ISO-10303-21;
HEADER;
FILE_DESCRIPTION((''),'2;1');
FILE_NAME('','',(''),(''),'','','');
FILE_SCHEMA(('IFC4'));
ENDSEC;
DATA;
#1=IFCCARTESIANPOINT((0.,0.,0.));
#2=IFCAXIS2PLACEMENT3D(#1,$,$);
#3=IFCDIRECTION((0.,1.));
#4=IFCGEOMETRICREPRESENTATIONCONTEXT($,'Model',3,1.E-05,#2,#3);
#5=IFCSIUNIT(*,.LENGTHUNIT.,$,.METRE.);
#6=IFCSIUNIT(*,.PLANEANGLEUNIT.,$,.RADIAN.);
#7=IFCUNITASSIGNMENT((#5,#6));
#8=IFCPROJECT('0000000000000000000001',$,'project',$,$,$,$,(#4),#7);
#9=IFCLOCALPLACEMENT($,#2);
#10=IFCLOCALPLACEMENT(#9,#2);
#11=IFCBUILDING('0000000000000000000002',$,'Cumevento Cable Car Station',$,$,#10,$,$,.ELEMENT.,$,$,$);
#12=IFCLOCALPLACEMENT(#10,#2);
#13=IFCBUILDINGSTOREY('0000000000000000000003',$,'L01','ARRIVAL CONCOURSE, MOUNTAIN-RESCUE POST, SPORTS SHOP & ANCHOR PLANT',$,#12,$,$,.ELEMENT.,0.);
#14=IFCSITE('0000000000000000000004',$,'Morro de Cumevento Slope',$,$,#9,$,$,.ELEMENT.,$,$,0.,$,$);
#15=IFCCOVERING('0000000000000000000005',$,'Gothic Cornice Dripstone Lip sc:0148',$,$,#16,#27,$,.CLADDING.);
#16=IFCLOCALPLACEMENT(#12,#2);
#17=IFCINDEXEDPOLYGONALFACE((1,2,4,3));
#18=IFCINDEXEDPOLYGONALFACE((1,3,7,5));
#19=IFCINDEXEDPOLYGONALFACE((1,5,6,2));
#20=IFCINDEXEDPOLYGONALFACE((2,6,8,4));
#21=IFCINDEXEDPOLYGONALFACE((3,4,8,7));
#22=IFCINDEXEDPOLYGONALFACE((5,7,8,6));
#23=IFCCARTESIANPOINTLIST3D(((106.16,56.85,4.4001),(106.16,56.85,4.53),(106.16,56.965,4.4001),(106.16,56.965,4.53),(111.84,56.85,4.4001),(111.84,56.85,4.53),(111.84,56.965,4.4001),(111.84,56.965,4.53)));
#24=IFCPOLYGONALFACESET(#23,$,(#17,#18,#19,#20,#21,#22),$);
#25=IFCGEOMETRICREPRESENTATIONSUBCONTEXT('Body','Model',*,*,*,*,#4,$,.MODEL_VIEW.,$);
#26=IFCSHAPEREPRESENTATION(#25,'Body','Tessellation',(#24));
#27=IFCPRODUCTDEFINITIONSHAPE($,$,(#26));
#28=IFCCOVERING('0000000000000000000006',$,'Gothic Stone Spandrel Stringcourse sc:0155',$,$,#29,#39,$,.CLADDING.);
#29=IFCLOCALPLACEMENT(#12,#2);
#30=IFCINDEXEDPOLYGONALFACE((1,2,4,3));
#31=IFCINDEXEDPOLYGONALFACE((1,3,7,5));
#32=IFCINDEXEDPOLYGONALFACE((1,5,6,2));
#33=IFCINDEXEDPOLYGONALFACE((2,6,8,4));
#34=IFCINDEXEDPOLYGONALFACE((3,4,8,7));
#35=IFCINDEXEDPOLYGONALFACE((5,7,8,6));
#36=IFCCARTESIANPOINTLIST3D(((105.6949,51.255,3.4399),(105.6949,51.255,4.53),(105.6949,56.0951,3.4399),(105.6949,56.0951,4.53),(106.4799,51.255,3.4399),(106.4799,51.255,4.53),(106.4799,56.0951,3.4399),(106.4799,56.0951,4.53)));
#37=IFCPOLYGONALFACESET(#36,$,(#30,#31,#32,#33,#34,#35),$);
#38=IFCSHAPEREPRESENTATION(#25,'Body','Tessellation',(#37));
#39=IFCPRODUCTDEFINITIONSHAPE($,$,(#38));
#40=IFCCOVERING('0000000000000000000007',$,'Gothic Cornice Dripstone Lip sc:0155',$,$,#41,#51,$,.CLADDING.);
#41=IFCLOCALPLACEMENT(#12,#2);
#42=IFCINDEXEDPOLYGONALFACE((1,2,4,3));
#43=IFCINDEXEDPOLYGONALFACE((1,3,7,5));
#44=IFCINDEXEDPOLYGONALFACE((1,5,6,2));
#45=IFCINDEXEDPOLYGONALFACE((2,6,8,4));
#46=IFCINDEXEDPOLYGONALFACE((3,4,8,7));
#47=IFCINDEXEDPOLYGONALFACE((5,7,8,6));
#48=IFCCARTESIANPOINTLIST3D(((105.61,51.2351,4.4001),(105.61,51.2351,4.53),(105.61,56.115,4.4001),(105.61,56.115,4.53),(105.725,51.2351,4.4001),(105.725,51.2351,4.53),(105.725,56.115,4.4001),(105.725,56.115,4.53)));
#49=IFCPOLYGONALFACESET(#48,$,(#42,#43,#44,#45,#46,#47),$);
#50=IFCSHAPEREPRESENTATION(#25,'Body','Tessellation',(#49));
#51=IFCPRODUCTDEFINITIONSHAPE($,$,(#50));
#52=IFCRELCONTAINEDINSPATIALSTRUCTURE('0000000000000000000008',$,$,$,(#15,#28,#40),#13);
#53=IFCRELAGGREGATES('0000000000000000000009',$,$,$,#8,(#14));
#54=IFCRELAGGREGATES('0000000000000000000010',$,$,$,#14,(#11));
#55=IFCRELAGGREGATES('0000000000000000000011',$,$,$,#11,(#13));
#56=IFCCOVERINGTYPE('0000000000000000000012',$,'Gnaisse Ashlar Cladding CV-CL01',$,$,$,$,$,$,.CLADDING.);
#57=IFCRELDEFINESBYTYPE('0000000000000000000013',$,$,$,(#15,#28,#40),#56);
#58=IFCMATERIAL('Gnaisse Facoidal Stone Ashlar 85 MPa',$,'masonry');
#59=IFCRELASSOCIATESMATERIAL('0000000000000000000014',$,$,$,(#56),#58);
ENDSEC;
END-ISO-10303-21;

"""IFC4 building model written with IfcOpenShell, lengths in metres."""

from ifc_helpers import new_model, si_unit, direction, frame, origin, origin_2d, place, context, subcontext, project, spatial, rectangle, extrude, material, type_object, element, save


model = new_model("IFC4")

# Units and contexts
model_context = context("Model", 3, precision=1e-05, world=origin(), true_north=direction((0.0, 1.0)))
body_context = subcontext(model_context, "Body", "Model", "MODEL_VIEW")
ifc_project = project(units=[si_unit("LENGTHUNIT", "METRE"), si_unit("PLANEANGLEUNIT", "RADIAN")], contexts=[model_context])

# Site, building, storey
site_placement = place(None, origin())
site = spatial("IfcSite", under=ifc_project, at=site_placement, Name="Morro de Cumevento Slope", CompositionType="ELEMENT", RefElevation=0.0)
building_placement = place(site_placement, origin())
building = spatial("IfcBuilding", under=site, at=building_placement, Name="Cumevento Cable Car Station", CompositionType="ELEMENT")
storey_placement = place(building_placement, origin())
storey = spatial("IfcBuildingStorey", under=building, at=storey_placement, Name="L01", Description="ARRIVAL CONCOURSE, MOUNTAIN-RESCUE POST, SPORTS SHOP & ANCHOR PLANT", CompositionType="ELEMENT", Elevation=0.0)

# Coverings
ifc_material_1 = material(Name="Gnaisse Facoidal Stone Ashlar 85 MPa", Category="masonry")
covering_type = type_object("IfcCoveringType", Name="Gnaisse Ashlar Cladding CV-CL01", PredefinedType="CLADDING", material=ifc_material_1)
covering_1_placement = place(storey_placement, frame((109.0, 56.9075, 4.4001), z_axis=(0.0, 0.0, 1.0), x_axis=(1.0, 0.0, 0.0)))
element("IfcCovering", 1, at=covering_1_placement, inside=storey, type_object=covering_type, Name="Gothic Cornice Dripstone Lip sc:0148", PredefinedType="CLADDING", context=body_context, shape_type="SweptSolid", body=[
    extrude(rectangle(XDim=5.6799, YDim=0.115, at=origin_2d()), origin(), (0.0, 0.0, 1.0), 0.1299),
])
covering_2_placement = place(storey_placement, frame((106.0874, 53.675, 3.4399), z_axis=(0.0, 0.0, 1.0), x_axis=(0.0, 1.0, 0.0)))
element("IfcCovering", 2, at=covering_2_placement, inside=storey, type_object=covering_type, Name="Gothic Stone Spandrel Stringcourse sc:0155", PredefinedType="CLADDING", context=body_context, shape_type="SweptSolid", body=[
    extrude(rectangle(XDim=4.8401, YDim=0.7849, at=origin_2d()), origin(), (0.0, 0.0, 1.0), 1.0901),
])
covering_3_placement = place(storey_placement, frame((105.6675, 53.675, 4.4001), z_axis=(0.0, 0.0, 1.0), x_axis=(0.0, 1.0, 0.0)))
element("IfcCovering", 3, at=covering_3_placement, inside=storey, type_object=covering_type, Name="Gothic Cornice Dripstone Lip sc:0155", PredefinedType="CLADDING", context=body_context, shape_type="SweptSolid", body=[
    extrude(rectangle(XDim=4.8799, YDim=0.115, at=origin_2d()), origin(), (0.0, 0.0, 1.0), 0.1299),
])

save(model, "model.ifc")
